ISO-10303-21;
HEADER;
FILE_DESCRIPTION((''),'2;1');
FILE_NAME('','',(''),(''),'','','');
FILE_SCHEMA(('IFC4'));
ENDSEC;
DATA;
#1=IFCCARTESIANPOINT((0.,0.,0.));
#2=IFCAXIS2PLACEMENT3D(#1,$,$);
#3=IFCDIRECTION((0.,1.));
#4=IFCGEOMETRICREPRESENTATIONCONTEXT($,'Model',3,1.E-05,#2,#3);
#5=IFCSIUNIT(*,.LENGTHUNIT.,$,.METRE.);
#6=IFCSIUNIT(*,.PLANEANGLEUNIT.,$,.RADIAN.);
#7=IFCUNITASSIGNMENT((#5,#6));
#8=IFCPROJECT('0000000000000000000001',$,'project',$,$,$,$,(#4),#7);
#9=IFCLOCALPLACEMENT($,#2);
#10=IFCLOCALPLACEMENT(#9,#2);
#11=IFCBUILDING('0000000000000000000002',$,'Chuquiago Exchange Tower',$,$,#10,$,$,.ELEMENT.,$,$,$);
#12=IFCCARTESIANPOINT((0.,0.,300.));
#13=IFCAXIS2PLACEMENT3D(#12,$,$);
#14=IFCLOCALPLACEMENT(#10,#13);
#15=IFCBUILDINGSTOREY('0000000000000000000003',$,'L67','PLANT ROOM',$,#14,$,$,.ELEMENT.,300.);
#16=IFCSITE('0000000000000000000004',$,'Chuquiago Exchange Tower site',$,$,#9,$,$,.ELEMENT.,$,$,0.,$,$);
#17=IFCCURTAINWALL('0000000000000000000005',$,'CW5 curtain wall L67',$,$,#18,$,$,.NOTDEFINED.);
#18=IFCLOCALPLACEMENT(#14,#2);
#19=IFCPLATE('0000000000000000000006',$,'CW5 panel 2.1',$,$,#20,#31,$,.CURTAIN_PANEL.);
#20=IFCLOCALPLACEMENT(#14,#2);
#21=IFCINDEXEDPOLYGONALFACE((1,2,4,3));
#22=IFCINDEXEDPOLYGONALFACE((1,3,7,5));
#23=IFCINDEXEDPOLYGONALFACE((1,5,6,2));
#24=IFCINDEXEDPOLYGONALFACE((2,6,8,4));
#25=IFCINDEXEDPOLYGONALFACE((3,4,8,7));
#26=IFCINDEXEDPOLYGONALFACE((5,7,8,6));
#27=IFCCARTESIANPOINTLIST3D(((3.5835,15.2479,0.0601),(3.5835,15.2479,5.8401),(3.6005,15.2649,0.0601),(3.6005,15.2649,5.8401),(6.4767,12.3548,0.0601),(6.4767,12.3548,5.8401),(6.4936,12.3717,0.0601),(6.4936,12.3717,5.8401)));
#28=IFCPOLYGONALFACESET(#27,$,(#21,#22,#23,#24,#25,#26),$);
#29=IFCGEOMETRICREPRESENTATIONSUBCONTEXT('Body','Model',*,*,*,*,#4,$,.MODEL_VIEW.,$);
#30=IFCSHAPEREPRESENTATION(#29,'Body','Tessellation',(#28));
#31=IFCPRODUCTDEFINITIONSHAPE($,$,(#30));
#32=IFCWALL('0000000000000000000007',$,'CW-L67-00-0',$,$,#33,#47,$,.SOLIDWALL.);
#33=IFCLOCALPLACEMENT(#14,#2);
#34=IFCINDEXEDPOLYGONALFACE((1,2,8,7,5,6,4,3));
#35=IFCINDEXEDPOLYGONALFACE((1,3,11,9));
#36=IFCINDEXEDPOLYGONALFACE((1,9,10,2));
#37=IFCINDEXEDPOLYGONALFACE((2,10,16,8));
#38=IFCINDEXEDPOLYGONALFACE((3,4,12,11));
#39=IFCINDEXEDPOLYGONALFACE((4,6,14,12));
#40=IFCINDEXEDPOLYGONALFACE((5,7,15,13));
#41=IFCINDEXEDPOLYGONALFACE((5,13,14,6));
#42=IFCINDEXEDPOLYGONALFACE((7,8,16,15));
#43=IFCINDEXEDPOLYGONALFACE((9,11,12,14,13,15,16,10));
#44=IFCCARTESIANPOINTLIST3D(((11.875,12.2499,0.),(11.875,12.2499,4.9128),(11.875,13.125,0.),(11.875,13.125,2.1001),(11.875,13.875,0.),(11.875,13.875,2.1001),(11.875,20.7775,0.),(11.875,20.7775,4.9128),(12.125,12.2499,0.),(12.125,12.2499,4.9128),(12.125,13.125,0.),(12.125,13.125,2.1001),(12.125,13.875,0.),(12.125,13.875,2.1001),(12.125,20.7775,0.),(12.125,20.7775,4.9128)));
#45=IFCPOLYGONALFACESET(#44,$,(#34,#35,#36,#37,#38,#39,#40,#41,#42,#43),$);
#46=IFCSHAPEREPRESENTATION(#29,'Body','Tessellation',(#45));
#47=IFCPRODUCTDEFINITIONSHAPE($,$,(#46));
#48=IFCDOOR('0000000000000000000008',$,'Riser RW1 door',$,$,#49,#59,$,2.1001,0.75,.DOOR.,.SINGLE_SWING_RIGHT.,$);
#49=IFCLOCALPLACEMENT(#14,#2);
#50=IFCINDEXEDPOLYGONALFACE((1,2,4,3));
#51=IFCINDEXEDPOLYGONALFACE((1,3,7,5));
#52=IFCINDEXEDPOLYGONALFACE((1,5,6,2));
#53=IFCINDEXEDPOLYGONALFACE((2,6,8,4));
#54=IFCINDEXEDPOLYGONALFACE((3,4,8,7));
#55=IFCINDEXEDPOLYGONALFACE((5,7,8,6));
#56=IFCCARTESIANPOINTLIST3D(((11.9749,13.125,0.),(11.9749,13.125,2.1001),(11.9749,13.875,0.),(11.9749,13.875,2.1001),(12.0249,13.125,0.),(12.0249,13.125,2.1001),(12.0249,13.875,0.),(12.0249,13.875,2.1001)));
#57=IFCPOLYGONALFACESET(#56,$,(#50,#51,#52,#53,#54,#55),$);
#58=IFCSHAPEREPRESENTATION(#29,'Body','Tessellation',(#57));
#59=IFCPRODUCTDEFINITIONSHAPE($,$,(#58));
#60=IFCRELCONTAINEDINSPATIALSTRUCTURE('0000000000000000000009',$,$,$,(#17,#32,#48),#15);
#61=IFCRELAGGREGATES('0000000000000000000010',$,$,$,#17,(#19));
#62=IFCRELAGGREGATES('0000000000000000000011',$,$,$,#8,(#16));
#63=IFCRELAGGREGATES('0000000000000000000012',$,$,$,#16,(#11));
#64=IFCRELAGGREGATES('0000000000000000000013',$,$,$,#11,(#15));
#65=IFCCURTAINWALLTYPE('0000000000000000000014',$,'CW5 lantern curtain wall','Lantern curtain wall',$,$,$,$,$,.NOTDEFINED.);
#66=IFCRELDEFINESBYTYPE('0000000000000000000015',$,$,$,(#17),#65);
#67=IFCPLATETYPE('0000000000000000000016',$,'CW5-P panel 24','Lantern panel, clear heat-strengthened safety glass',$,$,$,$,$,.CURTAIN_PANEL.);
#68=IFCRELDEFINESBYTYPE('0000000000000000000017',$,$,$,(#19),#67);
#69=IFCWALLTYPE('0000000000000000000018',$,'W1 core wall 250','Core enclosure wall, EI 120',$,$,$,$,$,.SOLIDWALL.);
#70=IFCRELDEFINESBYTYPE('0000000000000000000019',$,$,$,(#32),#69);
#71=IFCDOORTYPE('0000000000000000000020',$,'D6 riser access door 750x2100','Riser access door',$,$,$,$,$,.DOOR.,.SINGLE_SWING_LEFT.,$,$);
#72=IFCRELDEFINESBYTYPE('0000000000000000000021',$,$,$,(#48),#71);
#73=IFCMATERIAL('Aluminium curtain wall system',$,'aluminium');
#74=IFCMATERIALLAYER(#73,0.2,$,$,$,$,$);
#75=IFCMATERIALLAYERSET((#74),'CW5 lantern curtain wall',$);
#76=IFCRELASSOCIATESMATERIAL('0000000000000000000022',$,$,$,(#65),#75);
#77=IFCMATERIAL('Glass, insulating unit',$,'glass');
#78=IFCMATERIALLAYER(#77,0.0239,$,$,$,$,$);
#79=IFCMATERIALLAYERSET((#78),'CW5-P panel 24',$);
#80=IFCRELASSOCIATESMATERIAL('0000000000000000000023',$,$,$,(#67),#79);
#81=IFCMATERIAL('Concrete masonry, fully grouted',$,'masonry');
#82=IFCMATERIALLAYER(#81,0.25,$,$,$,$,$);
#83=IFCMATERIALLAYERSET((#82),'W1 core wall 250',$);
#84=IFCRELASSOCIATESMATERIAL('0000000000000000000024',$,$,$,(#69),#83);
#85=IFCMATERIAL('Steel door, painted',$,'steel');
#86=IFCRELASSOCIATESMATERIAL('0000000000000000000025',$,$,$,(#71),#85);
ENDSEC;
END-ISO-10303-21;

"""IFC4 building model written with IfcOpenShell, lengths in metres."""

from ifc_helpers import new_model, si_unit, direction, frame, frame_2d, origin, origin_2d, place, context, subcontext, project, spatial, rectangle, extrude, material, layer, layer_set, type_object, element, fill, aggregate, save


model = new_model("IFC4")

# Units and contexts
model_context = context("Model", 3, precision=1e-05, world=origin(), true_north=direction((0.0, 1.0)))
body_context = subcontext(model_context, "Body", "Model", "MODEL_VIEW")
ifc_project = project(units=[si_unit("LENGTHUNIT", "METRE"), si_unit("PLANEANGLEUNIT", "RADIAN")], contexts=[model_context])

# Site, building, storey
site_placement = place(None, origin())
site = spatial("IfcSite", under=ifc_project, at=site_placement, Name="Chuquiago Exchange Tower site", CompositionType="ELEMENT", RefElevation=0.0)
building_placement = place(site_placement, origin())
building = spatial("IfcBuilding", under=site, at=building_placement, Name="Chuquiago Exchange Tower", CompositionType="ELEMENT")
storey_placement = place(building_placement, frame((0.0, 0.0, 300.0)))
storey = spatial("IfcBuildingStorey", under=building, at=storey_placement, Name="L67", Description="PLANT ROOM", CompositionType="ELEMENT", Elevation=300.0)

# Shared definitions
ifc_material_1 = material(Name="Aluminium curtain wall system", Category="aluminium")
ifc_layer_1 = layer(ifc_material_1, 0.2)
ifc_layer_set_1 = layer_set([ifc_layer_1], Name="CW5 lantern curtain wall")
curtain_wall_type = type_object("IfcCurtainWallType", Name="CW5 lantern curtain wall", Description="Lantern curtain wall", PredefinedType="NOTDEFINED", material=ifc_layer_set_1)

# Curtain wall
curtain_wall_1_placement = place(storey_placement, origin())
curtain_wall_1 = element("IfcCurtainWall", 1, at=curtain_wall_1_placement, inside=storey, type_object=curtain_wall_type, Name="CW5 curtain wall L67", PredefinedType="NOTDEFINED")

# Plate
ifc_material_2 = material(Name="Glass, insulating unit", Category="glass")
ifc_layer_2 = layer(ifc_material_2, 0.0239)
ifc_layer_set_2 = layer_set([ifc_layer_2], Name="CW5-P panel 24")
plate_type = type_object("IfcPlateType", Name="CW5-P panel 24", Description="Lantern panel, clear heat-strengthened safety glass", PredefinedType="CURTAIN_PANEL", material=ifc_layer_set_2)
plate_1_placement = place(storey_placement, frame((5.0386, 13.8098, 0.0601), z_axis=(0.0, 0.0, 1.0), x_axis=(0.707105, -0.707109, 0.0)))
plate_1 = element("IfcPlate", 2, at=plate_1_placement, type_object=plate_type, Name="CW5 panel 2.1", PredefinedType="CURTAIN_PANEL", context=body_context, shape_type="SweptSolid", body=[
    extrude(rectangle(XDim=4.0916, YDim=0.0239, at=origin_2d()), origin(), (0.0, 0.0, 1.0), 5.78),
])
aggregate(curtain_wall_1, [plate_1])

# Wall, opening, door
ifc_material_3 = material(Name="Concrete masonry, fully grouted", Category="masonry")
ifc_layer_3 = layer(ifc_material_3, 0.25)
ifc_layer_set_3 = layer_set([ifc_layer_3], Name="W1 core wall 250")
wall_type = type_object("IfcWallType", Name="W1 core wall 250", Description="Core enclosure wall, EI 120", PredefinedType="SOLIDWALL", material=ifc_layer_set_3)
wall_placement = place(storey_placement, frame((12.0, 12.25, 0.0), z_axis=(0.0, 0.0, 1.0), x_axis=(0.0, 1.0, 0.0)))
wall = element("IfcWall", 3, at=wall_placement, inside=storey, type_object=wall_type, Name="CW-L67-00-0", PredefinedType="SOLIDWALL", context=body_context, shape_type="SweptSolid", body=[
    extrude(rectangle(XDim=8.5276, YDim=0.25, at=frame_2d((4.2637, 0.0))), origin(), (0.0, 0.0, 1.0), 4.9128),
])
opening_placement = place(wall_placement, frame((0.875, 0.0, 0.0)))
opening = element("IfcOpeningElement", 4, at=opening_placement, cuts=wall, PredefinedType="OPENING", context=body_context, shape_type="SweptSolid", body=[
    extrude(rectangle(XDim=0.75, YDim=2.1001, at=frame_2d((0.375, 1.05))), frame((0.0, 0.135, 0.0), z_axis=(0.0, -1.0, 0.0), x_axis=(1.0, 0.0, 0.0)), (0.0, 0.0, 1.0), 0.27),
])
ifc_material_4 = material(Name="Steel door, painted", Category="steel")
door_type = type_object("IfcDoorType", Name="D6 riser access door 750x2100", Description="Riser access door", OperationType="SINGLE_SWING_LEFT", PredefinedType="DOOR", material=ifc_material_4)
door_placement = place(opening_placement, frame((0.75, 0.0, 0.0), z_axis=(0.0, 0.0, 1.0), x_axis=(-1.0, 0.0, 0.0)))
door = element("IfcDoor", 5, at=door_placement, inside=storey, type_object=door_type, Name="Riser RW1 door", OperationType="SINGLE_SWING_RIGHT", OverallHeight=2.1001, OverallWidth=0.75, PredefinedType="DOOR", context=body_context, shape_type="SweptSolid", body=[
    extrude(rectangle(XDim=0.75, YDim=2.1001, at=frame_2d((0.375, 1.05))), frame((0.0, 0.0249, 0.0), z_axis=(0.0, -1.0, 0.0), x_axis=(1.0, 0.0, 0.0)), (0.0, 0.0, 1.0), 0.05),
])
fill(opening, door)

save(model, "model.ifc")
